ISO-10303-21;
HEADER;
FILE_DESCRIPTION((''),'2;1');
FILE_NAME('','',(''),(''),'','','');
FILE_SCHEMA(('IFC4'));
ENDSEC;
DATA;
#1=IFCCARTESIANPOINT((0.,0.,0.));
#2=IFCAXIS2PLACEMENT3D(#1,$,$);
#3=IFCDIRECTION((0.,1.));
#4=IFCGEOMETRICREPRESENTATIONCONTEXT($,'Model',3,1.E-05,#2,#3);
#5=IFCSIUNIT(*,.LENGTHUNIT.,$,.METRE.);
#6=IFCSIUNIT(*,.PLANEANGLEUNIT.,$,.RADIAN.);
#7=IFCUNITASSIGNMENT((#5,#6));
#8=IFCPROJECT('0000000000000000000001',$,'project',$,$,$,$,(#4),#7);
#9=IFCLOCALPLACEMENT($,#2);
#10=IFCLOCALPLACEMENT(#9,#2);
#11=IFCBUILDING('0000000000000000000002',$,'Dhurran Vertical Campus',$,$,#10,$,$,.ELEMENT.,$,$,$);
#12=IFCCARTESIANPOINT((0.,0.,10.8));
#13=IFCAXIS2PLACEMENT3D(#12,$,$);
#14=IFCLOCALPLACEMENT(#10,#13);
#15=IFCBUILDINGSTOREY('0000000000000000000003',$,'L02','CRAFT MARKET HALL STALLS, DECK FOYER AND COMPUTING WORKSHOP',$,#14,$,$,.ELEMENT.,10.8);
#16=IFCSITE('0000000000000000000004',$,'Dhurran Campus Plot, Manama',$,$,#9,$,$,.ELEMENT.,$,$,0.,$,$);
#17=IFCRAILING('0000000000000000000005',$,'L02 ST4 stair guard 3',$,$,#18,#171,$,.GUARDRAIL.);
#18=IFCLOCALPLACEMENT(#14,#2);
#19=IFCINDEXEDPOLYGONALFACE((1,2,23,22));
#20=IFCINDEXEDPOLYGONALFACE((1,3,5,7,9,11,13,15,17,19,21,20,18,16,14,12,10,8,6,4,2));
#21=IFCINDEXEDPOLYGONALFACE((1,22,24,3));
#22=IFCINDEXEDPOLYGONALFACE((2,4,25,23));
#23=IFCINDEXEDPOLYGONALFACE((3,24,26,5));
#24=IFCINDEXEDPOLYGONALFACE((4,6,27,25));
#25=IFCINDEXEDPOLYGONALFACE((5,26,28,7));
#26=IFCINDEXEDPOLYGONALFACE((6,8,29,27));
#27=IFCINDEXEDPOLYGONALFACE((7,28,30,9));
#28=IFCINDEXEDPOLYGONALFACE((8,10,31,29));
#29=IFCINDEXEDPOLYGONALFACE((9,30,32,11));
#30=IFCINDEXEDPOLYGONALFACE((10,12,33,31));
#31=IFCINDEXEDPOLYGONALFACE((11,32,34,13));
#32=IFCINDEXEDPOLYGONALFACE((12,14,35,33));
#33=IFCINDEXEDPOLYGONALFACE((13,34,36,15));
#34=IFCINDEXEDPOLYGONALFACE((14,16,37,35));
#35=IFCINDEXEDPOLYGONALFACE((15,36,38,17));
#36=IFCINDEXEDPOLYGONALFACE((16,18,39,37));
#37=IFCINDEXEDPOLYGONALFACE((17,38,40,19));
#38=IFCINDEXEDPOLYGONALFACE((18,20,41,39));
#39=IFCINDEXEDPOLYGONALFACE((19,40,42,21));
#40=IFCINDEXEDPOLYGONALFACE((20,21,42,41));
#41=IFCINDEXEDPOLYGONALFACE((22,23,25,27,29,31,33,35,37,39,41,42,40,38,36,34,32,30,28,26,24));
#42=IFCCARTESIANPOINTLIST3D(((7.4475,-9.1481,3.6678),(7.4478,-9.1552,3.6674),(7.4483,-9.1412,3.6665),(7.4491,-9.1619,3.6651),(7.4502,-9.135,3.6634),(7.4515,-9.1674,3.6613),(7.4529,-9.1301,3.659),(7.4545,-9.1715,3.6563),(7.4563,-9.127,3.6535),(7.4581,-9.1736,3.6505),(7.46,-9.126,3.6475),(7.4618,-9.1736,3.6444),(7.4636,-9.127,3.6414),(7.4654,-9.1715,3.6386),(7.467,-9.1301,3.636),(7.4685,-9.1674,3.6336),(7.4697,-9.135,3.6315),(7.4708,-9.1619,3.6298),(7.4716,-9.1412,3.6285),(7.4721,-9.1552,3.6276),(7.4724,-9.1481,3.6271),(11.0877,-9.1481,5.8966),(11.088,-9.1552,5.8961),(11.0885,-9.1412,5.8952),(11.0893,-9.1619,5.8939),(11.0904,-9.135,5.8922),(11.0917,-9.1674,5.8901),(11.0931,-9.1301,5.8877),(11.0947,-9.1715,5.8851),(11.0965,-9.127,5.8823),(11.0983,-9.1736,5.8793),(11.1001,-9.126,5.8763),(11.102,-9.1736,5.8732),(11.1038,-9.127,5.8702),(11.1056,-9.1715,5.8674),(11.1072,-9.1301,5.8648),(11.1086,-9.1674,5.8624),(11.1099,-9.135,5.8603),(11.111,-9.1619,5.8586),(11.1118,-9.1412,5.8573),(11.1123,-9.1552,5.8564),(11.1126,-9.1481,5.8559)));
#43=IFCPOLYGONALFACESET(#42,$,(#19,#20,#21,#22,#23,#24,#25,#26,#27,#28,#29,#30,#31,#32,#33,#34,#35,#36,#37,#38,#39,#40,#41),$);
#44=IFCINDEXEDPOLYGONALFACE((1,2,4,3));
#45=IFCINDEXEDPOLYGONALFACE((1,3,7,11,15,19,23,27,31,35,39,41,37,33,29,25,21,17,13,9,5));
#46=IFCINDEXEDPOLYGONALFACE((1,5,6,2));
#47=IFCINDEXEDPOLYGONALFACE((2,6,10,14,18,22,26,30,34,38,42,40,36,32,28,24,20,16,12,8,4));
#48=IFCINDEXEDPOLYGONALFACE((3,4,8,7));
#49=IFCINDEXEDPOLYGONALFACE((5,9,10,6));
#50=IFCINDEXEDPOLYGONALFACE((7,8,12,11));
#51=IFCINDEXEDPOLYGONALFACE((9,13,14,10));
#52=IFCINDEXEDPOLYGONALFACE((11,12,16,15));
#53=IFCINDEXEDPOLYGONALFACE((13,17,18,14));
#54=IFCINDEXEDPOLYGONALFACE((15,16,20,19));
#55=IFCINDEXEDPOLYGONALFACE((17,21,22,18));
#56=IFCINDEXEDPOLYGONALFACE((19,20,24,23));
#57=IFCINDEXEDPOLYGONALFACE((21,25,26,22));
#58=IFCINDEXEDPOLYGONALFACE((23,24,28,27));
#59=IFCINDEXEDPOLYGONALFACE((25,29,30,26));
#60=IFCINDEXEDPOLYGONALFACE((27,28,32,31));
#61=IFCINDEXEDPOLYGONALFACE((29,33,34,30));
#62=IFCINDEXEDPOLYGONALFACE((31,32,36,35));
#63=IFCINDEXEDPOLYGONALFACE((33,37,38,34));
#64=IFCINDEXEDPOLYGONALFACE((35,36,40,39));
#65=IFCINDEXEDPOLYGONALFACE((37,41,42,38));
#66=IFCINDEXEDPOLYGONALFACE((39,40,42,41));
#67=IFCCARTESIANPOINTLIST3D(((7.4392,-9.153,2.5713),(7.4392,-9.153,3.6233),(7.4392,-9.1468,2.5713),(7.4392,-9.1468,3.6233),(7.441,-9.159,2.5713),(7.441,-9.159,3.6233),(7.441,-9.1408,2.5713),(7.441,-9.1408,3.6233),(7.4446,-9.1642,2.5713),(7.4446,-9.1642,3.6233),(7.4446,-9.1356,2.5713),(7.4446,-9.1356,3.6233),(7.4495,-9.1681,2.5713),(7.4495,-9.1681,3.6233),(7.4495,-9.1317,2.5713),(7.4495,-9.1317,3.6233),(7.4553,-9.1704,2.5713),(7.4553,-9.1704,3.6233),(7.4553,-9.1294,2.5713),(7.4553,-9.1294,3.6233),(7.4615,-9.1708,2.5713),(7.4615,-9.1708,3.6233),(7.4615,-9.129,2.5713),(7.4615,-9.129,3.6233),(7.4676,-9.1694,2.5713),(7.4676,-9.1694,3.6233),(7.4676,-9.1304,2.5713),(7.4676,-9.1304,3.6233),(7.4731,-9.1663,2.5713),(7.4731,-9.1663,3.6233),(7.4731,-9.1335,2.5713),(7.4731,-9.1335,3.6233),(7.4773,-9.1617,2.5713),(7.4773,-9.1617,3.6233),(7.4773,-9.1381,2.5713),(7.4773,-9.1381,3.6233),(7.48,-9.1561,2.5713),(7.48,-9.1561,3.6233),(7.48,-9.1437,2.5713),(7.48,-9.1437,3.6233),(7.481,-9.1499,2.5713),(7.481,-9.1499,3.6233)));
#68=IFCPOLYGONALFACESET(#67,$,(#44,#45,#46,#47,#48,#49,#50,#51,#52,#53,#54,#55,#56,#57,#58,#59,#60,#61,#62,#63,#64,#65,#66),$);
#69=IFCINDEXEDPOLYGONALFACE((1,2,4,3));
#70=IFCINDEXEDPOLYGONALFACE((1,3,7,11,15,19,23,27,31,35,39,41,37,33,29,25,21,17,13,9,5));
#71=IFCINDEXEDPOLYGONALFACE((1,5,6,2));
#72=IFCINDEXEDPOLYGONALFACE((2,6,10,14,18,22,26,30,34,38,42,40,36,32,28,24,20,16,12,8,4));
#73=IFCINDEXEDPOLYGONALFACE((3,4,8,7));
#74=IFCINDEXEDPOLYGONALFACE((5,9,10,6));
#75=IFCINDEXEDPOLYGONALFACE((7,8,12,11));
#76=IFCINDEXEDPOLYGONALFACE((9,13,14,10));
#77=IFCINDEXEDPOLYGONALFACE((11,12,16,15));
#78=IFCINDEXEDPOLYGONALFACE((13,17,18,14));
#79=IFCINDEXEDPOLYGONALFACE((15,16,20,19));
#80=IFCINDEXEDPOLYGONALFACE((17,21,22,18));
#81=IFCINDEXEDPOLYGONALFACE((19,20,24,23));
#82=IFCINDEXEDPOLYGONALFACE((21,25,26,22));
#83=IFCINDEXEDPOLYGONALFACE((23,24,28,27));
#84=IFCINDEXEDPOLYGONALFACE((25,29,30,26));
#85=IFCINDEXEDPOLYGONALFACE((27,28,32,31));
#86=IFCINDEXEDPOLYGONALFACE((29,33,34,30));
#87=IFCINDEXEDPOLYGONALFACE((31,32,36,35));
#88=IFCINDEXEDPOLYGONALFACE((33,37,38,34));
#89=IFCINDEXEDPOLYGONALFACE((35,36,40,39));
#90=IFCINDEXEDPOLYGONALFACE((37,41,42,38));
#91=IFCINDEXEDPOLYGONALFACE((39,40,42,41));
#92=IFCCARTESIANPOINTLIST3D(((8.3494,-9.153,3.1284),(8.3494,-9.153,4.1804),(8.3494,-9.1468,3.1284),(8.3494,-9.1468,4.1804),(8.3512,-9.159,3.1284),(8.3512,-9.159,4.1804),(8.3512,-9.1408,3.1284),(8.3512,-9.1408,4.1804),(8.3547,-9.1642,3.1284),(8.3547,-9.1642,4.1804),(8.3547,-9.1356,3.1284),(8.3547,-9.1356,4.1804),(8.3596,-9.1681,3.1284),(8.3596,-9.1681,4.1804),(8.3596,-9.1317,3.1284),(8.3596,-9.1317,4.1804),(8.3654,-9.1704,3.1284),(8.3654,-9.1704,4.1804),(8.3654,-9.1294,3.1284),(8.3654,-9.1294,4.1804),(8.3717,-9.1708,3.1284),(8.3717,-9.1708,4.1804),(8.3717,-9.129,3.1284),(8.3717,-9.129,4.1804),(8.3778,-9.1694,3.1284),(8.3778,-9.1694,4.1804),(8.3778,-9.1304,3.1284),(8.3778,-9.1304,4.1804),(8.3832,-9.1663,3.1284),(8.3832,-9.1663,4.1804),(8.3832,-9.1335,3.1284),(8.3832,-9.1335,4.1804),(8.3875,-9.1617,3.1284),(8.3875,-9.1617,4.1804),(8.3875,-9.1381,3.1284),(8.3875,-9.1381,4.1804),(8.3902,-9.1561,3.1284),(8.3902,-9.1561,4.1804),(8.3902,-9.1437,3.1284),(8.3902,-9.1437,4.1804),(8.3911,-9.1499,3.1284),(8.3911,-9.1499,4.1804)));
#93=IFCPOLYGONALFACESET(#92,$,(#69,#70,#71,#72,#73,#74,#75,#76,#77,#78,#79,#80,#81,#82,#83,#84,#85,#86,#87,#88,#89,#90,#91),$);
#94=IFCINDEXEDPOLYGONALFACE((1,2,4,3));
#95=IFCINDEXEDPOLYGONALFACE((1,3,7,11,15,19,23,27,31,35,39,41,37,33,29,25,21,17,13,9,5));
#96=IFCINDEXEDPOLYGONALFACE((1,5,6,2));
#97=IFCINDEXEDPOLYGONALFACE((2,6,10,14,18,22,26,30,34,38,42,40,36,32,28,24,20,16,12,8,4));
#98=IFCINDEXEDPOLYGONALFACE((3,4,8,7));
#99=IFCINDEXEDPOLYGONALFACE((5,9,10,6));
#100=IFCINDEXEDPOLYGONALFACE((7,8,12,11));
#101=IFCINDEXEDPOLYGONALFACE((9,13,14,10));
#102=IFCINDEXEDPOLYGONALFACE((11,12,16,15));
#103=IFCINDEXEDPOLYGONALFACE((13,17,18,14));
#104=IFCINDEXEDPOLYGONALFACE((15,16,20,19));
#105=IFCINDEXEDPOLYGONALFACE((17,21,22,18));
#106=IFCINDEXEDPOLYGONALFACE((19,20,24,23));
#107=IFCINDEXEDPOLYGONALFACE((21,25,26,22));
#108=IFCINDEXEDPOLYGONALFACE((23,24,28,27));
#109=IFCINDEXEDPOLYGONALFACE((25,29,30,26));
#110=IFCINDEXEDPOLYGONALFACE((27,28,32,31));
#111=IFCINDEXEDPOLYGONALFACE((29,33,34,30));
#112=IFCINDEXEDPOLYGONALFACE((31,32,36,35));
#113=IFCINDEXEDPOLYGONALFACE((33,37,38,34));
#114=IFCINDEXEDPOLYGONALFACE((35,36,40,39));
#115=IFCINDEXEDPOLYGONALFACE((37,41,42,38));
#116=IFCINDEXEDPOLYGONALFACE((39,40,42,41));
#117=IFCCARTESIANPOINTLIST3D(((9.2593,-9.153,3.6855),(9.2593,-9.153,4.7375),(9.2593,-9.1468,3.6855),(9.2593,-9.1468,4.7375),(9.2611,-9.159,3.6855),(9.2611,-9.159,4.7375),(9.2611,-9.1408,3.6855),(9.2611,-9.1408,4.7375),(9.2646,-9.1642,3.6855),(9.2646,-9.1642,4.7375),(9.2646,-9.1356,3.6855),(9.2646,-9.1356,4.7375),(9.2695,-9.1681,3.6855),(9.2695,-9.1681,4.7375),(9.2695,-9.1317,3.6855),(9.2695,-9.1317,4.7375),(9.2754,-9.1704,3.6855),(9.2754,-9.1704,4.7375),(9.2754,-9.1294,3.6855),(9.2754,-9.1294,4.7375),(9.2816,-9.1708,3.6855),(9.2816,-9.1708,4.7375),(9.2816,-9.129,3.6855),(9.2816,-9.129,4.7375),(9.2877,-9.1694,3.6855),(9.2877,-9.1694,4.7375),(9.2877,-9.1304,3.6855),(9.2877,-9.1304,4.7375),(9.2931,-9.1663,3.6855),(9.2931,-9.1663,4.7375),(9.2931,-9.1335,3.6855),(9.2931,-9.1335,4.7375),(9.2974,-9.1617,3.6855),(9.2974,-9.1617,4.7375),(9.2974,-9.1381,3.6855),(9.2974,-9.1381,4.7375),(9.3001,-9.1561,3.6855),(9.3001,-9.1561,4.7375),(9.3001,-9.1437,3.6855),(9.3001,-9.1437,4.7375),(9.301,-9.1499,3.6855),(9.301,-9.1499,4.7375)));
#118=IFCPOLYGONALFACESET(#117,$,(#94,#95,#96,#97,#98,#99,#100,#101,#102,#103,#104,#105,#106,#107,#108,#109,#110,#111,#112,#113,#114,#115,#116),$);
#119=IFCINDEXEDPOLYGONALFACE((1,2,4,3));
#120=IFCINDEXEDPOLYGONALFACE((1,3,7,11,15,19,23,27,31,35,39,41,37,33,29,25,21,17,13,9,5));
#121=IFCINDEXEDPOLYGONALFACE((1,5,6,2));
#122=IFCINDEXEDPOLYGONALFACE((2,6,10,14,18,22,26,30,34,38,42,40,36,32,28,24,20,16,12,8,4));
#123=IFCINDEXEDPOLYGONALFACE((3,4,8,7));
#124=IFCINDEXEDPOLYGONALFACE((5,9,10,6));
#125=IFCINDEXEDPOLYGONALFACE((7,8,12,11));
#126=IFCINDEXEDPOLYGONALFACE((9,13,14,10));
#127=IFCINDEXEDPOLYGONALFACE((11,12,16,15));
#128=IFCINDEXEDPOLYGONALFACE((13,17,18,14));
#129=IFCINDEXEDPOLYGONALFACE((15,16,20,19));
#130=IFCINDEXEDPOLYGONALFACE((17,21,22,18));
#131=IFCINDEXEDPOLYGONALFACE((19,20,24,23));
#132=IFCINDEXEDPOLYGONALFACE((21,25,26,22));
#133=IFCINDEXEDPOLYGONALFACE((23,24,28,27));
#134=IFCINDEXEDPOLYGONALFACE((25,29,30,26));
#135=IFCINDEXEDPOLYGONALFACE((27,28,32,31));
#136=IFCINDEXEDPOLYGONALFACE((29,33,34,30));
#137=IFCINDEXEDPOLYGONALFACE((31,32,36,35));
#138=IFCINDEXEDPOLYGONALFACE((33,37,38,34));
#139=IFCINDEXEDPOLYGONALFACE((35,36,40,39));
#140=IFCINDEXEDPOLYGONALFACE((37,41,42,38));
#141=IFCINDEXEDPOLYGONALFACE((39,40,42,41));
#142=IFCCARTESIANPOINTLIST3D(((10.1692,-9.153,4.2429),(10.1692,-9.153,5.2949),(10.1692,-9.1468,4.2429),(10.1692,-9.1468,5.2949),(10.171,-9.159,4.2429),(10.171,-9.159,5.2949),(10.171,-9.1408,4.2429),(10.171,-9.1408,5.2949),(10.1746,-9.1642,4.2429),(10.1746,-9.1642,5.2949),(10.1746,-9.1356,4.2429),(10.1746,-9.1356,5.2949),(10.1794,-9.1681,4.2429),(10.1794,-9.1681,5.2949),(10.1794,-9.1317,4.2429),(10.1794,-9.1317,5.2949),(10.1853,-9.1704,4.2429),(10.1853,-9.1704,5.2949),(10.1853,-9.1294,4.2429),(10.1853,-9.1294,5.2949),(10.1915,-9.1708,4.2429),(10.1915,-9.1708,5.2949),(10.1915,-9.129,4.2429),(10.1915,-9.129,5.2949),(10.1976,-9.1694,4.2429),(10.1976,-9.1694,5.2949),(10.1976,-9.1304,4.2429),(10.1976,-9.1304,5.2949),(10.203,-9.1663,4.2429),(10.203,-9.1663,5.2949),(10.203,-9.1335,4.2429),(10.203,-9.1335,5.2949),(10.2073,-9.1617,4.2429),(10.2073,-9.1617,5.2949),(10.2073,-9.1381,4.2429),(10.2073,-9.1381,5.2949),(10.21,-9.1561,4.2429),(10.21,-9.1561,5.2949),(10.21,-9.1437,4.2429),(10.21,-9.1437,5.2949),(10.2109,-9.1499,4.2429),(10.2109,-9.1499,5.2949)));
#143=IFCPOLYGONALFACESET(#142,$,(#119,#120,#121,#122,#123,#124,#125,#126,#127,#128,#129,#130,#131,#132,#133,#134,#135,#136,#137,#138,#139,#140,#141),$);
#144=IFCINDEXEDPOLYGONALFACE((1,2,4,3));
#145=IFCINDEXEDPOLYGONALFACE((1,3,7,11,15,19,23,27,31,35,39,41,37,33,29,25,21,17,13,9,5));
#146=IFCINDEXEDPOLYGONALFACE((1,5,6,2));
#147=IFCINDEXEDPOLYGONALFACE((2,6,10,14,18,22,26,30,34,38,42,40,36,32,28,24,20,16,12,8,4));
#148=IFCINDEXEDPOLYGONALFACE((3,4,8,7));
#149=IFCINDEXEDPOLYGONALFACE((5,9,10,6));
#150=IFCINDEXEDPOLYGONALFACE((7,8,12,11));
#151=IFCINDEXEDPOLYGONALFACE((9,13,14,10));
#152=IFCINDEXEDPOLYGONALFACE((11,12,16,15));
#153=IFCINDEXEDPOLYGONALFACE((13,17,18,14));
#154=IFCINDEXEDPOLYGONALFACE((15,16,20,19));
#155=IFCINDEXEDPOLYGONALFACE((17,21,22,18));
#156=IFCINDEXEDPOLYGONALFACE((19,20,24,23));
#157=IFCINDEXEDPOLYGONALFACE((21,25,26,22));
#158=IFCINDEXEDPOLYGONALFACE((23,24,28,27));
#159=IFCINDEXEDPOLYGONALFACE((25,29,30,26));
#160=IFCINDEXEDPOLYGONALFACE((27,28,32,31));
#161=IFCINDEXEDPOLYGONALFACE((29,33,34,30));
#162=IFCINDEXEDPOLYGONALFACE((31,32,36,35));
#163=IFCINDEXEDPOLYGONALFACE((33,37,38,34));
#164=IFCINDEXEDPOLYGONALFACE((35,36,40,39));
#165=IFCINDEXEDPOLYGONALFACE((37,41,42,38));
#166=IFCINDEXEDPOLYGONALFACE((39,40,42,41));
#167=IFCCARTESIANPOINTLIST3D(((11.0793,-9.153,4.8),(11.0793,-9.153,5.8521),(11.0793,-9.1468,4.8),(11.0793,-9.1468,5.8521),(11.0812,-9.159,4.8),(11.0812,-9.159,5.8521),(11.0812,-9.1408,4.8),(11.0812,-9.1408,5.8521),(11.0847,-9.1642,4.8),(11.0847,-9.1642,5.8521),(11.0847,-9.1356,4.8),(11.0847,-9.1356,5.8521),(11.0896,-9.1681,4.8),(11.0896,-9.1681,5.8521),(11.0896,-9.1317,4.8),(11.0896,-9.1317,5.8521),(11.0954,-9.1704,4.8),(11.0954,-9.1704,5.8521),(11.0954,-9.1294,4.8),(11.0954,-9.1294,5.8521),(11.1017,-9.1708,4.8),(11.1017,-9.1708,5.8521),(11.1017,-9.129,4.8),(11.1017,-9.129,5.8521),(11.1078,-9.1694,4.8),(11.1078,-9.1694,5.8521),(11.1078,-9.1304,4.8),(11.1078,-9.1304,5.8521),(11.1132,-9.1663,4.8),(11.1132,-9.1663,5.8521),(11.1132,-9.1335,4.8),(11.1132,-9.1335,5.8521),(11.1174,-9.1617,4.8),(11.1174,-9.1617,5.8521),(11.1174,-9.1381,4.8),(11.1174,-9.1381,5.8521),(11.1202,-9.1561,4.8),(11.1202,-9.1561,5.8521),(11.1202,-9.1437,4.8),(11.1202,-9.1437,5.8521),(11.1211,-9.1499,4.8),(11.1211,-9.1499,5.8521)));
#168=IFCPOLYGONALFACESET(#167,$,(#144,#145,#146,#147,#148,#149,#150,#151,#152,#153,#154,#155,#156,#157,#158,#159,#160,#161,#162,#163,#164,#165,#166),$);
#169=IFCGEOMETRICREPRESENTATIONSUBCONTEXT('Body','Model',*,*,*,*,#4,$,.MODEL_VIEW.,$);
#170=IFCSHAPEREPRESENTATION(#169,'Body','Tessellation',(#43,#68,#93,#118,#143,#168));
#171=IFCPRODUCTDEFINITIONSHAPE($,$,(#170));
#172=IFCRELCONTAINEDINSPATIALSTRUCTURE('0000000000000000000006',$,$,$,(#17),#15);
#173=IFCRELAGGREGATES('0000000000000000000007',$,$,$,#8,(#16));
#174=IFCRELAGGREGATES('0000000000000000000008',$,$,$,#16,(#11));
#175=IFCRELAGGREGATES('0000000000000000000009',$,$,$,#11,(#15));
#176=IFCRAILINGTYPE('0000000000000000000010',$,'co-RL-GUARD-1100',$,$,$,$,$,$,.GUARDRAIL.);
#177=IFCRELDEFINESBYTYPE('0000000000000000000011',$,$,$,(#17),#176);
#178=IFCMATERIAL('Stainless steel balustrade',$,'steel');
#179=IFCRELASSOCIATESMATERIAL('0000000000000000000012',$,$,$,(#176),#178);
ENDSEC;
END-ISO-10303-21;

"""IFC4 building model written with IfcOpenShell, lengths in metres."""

from ifc_helpers import new_model, si_unit, direction, frame, origin, origin_2d, place, context, subcontext, project, spatial, circle, extrude, material, type_object, element, save


model = new_model("IFC4")

# Units and contexts
model_context = context("Model", 3, precision=1e-05, world=origin(), true_north=direction((0.0, 1.0)))
body_context = subcontext(model_context, "Body", "Model", "MODEL_VIEW")
ifc_project = project(units=[si_unit("LENGTHUNIT", "METRE"), si_unit("PLANEANGLEUNIT", "RADIAN")], contexts=[model_context])

# Site, building, storey
site_placement = place(None, origin())
site = spatial("IfcSite", under=ifc_project, at=site_placement, Name="Dhurran Campus Plot, Manama", CompositionType="ELEMENT", RefElevation=0.0)
building_placement = place(site_placement, origin())
building = spatial("IfcBuilding", under=site, at=building_placement, Name="Dhurran Vertical Campus", CompositionType="ELEMENT")
storey_placement = place(building_placement, frame((0.0, 0.0, 10.8)))
storey = spatial("IfcBuildingStorey", under=building, at=storey_placement, Name="L02", Description="CRAFT MARKET HALL STALLS, DECK FOYER AND COMPUTING WORKSHOP", CompositionType="ELEMENT", Elevation=10.8)

# Railing
ifc_material_1 = material(Name="Stainless steel balustrade", Category="steel")
railing_type_1 = type_object("IfcRailingType", Name="co-RL-GUARD-1100", PredefinedType="GUARDRAIL", material=ifc_material_1)
railing_1_placement = place(storey_placement, frame((7.46, -9.1499, 2.5713)))
element("IfcRailing", 1, at=railing_1_placement, inside=storey, type_object=railing_type_1, Name="L02 ST4 stair guard 3", PredefinedType="GUARDRAIL", context=body_context, shape_type="SweptSolid", body=[
    extrude(circle(Radius=0.0239, at=origin_2d()), frame((0.0, 0.0, 1.0762), z_axis=(0.85284, 0.0, 0.522172), x_axis=(0.0, 1.0, 0.0)), (0.0, 0.0, 1.0), 4.2683),
    extrude(circle(Radius=0.021, at=origin_2d()), origin(), (0.0, 0.0, 1.0), 1.052),
    extrude(circle(Radius=0.021, at=origin_2d()), frame((0.9102, 0.0, 0.5571)), (0.0, 0.0, 1.0), 1.052),
    extrude(circle(Radius=0.021, at=origin_2d()), frame((1.8201, 0.0, 1.1143)), (0.0, 0.0, 1.0), 1.052),
    extrude(circle(Radius=0.021, at=origin_2d()), frame((2.73, 0.0, 1.6716)), (0.0, 0.0, 1.0), 1.052),
    extrude(circle(Radius=0.021, at=origin_2d()), frame((3.6401, 0.0, 2.2288)), (0.0, 0.0, 1.0), 1.052),
])

save(model, "model.ifc")
